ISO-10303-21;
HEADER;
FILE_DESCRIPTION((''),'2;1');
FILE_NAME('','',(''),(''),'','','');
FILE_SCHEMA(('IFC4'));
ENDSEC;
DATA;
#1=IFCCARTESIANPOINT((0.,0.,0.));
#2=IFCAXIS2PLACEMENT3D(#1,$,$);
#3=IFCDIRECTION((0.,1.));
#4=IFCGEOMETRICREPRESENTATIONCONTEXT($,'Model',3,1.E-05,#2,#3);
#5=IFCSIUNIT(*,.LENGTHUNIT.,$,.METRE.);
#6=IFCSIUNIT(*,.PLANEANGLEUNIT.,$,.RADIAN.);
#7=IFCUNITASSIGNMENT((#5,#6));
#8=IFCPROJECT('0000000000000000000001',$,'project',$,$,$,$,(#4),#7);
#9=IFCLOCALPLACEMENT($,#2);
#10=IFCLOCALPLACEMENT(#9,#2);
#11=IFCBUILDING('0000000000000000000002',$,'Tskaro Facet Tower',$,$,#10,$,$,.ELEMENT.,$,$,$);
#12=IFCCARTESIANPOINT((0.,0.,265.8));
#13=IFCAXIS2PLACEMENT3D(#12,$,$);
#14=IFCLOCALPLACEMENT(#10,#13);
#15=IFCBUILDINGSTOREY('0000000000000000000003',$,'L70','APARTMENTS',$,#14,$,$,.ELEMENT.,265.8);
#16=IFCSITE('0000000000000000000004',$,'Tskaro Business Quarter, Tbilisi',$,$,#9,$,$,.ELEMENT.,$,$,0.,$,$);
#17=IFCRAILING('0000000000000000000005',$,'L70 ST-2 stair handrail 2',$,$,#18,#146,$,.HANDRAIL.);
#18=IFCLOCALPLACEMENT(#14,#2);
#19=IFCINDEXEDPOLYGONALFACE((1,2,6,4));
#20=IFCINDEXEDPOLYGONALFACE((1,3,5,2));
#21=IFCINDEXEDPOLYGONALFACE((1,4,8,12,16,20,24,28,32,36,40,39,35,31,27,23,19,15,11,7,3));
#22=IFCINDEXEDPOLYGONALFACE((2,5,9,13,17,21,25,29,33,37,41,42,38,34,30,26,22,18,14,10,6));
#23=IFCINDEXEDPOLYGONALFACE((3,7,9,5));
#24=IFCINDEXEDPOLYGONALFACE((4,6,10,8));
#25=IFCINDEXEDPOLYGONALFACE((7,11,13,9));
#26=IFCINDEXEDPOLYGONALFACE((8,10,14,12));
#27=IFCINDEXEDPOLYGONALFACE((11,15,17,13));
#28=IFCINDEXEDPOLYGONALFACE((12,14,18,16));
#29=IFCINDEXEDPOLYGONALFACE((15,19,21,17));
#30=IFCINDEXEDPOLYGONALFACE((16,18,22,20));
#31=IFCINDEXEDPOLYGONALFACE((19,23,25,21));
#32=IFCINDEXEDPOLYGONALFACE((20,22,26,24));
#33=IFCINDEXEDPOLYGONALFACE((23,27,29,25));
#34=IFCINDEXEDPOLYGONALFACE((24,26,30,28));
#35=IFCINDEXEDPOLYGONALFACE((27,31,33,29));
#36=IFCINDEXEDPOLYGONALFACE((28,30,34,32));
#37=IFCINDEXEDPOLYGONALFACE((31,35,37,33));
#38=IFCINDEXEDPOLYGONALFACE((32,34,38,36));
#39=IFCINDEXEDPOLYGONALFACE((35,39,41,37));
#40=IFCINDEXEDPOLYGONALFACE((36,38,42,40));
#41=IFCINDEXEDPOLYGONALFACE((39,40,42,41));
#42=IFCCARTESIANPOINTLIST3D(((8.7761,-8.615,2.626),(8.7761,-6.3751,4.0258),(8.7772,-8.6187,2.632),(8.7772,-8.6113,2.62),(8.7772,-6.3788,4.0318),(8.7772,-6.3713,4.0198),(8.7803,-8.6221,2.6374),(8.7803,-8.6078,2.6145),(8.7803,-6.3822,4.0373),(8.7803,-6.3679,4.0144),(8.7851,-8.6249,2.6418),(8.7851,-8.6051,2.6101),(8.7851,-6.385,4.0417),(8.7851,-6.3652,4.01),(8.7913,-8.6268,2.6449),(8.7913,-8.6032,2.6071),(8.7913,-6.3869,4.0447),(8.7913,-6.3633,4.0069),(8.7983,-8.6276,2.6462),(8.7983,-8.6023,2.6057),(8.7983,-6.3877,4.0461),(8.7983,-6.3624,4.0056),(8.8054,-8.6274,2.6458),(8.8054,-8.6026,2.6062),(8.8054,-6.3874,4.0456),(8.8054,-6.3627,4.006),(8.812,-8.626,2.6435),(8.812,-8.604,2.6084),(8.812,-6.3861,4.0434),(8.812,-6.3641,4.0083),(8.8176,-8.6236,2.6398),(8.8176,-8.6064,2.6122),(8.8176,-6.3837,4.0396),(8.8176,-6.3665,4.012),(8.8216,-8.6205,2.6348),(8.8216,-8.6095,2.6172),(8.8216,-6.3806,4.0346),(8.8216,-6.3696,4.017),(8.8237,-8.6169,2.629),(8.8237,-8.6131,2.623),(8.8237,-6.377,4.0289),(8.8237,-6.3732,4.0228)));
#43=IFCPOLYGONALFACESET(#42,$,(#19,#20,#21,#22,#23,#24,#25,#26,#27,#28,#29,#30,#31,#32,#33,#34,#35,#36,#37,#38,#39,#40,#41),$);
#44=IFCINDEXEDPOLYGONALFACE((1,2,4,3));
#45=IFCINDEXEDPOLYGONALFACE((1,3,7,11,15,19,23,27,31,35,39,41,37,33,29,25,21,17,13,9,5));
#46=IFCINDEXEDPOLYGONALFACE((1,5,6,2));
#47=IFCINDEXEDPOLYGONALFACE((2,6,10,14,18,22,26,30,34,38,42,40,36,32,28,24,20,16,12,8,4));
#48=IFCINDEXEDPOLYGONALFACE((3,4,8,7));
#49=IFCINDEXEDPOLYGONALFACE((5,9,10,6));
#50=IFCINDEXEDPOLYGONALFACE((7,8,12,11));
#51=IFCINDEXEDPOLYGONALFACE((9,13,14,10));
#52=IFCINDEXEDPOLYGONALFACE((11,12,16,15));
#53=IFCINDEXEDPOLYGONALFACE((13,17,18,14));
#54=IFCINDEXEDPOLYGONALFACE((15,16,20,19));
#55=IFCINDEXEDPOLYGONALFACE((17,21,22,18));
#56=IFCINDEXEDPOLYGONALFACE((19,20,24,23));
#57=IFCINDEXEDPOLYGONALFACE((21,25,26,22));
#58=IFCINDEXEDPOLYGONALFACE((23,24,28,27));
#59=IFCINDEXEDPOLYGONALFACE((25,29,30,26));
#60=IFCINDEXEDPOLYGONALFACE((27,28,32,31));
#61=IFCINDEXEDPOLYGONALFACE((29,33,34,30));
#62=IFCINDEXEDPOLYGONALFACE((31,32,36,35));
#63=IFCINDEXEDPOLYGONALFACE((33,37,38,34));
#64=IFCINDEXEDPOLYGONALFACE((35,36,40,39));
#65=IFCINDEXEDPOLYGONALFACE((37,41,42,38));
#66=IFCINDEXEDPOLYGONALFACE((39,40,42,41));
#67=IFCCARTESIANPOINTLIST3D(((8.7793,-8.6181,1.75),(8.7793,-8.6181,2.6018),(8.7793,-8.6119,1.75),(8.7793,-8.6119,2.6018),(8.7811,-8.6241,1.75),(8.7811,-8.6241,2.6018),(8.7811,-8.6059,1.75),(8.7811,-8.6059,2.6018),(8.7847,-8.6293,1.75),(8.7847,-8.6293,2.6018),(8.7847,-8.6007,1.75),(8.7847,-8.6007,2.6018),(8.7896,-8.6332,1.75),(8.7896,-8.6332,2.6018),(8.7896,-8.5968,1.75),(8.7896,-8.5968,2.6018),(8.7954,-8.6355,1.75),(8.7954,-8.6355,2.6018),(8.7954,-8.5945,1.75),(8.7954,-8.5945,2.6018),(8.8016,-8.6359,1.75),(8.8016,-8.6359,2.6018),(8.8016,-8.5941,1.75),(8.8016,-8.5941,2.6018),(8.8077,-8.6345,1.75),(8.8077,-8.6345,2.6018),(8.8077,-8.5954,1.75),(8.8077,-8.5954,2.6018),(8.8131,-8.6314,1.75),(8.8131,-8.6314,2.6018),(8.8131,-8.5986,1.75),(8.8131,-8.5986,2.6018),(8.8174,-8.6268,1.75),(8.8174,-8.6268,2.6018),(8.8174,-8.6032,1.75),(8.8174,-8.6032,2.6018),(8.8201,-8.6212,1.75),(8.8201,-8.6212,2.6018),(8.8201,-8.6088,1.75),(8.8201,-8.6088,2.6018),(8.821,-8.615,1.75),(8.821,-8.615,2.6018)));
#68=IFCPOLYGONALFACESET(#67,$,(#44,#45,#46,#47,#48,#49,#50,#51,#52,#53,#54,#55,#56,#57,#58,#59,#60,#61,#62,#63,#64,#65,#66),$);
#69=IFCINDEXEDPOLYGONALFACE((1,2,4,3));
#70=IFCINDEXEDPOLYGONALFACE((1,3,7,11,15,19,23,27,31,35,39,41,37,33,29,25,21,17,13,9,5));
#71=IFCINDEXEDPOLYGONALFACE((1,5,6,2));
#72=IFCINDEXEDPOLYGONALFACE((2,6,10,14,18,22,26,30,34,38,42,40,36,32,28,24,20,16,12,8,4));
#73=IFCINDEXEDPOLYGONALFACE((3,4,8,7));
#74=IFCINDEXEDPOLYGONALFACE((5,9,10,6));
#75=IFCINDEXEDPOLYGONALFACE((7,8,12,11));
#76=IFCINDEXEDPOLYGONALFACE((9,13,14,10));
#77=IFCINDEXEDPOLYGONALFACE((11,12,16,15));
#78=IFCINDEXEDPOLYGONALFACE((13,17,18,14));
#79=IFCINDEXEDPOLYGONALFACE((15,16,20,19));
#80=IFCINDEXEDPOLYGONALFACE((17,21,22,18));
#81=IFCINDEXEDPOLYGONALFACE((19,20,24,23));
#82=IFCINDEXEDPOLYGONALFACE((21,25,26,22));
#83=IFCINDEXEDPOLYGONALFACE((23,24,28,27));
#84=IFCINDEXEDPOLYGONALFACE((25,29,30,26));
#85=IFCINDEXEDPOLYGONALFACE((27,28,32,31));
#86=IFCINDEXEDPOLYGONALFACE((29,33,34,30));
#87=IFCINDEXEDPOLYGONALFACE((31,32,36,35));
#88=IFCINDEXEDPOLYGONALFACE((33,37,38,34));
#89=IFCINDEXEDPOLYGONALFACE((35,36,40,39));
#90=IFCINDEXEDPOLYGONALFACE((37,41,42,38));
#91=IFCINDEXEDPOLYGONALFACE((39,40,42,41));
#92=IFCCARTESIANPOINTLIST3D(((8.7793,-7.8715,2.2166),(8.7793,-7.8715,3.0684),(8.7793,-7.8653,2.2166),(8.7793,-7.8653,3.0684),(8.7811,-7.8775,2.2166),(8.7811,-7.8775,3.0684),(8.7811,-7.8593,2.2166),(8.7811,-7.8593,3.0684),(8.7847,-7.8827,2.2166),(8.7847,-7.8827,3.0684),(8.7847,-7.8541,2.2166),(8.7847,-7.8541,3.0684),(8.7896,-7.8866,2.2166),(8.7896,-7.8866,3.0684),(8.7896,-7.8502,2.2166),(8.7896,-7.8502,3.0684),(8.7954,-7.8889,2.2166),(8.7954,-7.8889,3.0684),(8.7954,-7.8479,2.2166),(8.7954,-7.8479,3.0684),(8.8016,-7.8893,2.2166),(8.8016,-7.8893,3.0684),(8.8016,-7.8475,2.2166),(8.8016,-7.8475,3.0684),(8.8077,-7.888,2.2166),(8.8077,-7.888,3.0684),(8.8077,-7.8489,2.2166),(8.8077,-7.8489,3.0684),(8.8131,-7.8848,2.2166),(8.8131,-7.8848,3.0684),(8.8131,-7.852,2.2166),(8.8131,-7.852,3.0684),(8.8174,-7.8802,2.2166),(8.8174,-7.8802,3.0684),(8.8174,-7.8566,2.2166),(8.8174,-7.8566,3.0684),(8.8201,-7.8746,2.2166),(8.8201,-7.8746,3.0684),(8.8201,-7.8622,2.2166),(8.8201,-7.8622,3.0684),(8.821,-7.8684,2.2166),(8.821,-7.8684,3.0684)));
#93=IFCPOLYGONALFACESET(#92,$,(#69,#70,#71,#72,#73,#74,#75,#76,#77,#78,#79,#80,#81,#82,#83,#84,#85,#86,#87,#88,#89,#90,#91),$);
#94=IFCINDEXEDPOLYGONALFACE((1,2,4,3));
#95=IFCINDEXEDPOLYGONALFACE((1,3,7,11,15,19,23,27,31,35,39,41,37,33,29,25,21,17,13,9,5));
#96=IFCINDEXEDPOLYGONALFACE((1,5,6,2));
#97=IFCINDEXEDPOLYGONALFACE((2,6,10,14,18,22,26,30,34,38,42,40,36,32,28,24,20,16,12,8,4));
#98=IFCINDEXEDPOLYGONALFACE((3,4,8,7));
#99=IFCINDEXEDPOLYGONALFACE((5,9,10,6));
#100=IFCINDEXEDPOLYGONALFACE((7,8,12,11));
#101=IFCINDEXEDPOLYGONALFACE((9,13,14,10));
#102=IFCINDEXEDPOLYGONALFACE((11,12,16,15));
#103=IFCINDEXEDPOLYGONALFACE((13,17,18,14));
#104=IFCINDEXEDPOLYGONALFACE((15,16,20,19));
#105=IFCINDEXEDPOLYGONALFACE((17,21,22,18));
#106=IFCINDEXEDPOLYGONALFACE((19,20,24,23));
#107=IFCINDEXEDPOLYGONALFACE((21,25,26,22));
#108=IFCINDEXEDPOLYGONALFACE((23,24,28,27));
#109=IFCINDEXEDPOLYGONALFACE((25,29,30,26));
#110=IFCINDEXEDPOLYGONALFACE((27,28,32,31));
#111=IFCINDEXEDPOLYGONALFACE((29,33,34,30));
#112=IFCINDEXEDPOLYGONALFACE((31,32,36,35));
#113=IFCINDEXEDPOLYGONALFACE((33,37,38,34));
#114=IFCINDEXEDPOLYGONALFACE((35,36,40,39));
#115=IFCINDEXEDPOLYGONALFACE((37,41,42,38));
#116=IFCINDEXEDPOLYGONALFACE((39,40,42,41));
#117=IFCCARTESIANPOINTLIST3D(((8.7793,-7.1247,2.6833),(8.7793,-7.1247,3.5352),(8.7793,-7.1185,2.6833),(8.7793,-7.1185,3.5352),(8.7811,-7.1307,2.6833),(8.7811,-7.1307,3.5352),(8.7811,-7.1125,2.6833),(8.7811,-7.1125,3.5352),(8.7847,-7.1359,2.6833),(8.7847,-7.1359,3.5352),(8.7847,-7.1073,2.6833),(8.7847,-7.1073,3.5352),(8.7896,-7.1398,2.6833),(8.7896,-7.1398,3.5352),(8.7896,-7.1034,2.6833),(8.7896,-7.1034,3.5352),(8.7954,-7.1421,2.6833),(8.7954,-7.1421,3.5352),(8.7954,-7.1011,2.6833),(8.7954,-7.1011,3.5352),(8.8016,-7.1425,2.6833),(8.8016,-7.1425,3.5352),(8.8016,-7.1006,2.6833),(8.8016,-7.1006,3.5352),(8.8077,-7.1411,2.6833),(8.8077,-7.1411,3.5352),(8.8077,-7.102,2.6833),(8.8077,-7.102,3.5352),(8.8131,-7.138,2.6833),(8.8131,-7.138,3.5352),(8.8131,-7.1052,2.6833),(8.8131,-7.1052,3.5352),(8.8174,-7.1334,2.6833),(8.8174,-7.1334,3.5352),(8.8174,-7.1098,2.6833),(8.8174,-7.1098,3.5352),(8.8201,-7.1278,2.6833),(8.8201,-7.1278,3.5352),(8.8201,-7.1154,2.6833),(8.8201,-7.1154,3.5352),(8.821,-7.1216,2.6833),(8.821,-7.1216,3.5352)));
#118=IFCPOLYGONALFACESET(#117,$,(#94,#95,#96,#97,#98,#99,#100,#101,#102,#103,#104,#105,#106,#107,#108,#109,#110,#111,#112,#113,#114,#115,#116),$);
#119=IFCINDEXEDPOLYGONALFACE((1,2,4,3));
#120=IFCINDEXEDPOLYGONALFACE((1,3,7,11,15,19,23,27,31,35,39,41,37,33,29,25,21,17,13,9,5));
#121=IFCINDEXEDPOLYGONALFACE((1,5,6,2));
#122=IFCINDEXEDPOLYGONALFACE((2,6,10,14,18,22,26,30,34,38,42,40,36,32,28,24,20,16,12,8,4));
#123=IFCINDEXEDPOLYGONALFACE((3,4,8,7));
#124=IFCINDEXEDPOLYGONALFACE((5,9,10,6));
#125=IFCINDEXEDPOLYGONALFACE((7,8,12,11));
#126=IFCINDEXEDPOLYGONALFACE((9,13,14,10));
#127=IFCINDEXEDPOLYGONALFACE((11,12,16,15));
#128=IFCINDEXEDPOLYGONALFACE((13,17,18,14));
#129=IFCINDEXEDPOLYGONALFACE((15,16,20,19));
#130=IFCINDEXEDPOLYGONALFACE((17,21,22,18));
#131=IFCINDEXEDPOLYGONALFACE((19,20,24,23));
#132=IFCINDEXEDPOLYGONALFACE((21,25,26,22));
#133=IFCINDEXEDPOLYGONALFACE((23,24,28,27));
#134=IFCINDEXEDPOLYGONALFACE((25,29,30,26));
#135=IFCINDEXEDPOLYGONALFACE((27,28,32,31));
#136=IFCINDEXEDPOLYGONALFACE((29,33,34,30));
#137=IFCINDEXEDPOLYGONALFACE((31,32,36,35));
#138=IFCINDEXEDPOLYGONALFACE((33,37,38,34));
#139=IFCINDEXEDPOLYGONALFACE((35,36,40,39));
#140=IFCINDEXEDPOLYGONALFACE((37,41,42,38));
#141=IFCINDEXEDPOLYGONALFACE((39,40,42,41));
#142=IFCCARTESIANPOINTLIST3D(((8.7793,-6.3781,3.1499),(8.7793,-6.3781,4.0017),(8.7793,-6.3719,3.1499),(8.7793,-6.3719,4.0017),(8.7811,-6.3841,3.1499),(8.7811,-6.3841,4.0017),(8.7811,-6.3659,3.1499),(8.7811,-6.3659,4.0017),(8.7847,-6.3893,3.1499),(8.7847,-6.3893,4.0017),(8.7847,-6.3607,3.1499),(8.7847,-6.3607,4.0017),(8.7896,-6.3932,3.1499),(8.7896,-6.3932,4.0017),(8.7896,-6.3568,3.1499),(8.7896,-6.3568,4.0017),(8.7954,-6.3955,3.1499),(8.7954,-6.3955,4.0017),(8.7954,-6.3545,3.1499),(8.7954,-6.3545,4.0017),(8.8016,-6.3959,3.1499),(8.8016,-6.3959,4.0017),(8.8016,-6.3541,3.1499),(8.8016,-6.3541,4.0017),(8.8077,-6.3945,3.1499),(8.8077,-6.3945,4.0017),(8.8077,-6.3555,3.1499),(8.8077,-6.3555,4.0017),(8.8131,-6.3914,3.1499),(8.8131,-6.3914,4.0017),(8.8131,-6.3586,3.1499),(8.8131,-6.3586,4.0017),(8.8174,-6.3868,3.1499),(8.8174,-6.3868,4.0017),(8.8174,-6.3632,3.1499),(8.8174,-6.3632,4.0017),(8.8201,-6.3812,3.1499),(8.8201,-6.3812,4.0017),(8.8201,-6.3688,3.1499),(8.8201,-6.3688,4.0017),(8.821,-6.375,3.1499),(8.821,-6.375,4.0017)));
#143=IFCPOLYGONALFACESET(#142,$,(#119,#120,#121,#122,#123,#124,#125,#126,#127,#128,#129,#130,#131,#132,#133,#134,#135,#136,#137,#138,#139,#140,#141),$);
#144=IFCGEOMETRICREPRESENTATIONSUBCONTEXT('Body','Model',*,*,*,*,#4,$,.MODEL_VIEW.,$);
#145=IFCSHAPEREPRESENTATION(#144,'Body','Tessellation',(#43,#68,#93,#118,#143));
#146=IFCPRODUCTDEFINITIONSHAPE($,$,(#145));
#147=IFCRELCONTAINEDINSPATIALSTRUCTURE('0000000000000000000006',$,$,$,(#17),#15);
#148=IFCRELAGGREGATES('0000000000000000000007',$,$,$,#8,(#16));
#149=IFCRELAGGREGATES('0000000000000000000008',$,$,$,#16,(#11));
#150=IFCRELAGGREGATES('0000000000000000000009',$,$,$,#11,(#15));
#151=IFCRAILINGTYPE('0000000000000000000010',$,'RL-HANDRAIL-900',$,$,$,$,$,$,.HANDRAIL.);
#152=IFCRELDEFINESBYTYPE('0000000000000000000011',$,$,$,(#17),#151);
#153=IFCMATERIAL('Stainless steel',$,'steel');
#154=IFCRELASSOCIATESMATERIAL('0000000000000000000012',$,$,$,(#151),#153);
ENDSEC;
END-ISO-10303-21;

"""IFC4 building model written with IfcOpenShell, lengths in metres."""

from ifc_helpers import new_model, si_unit, direction, frame, origin, origin_2d, place, context, subcontext, project, spatial, circle, extrude, material, type_object, element, save


model = new_model("IFC4")

# Units and contexts
model_context = context("Model", 3, precision=1e-05, world=origin(), true_north=direction((0.0, 1.0)))
body_context = subcontext(model_context, "Body", "Model", "MODEL_VIEW")
ifc_project = project(units=[si_unit("LENGTHUNIT", "METRE"), si_unit("PLANEANGLEUNIT", "RADIAN")], contexts=[model_context])

# Site, building, storey
site_placement = place(None, origin())
site = spatial("IfcSite", under=ifc_project, at=site_placement, Name="Tskaro Business Quarter, Tbilisi", CompositionType="ELEMENT", RefElevation=0.0)
building_placement = place(site_placement, origin())
building = spatial("IfcBuilding", under=site, at=building_placement, Name="Tskaro Facet Tower", CompositionType="ELEMENT")
storey_placement = place(building_placement, frame((0.0, 0.0, 265.8)))
storey = spatial("IfcBuildingStorey", under=building, at=storey_placement, Name="L70", Description="APARTMENTS", CompositionType="ELEMENT", Elevation=265.8)

# Railing
ifc_material_1 = material(Name="Stainless steel", Category="steel")
railing_type_1 = type_object("IfcRailingType", Name="RL-HANDRAIL-900", PredefinedType="HANDRAIL", material=ifc_material_1)
railing_1_placement = place(storey_placement, frame((8.8, -8.615, 1.75)))
element("IfcRailing", 1, at=railing_1_placement, inside=storey, type_object=railing_type_1, Name="L70 ST-2 stair handrail 2", PredefinedType="HANDRAIL", context=body_context, shape_type="SweptSolid", body=[
    extrude(circle(Radius=0.0239, at=origin_2d()), frame((0.0, 0.0, 0.876), z_axis=(0.0, 0.848014, 0.529974), x_axis=(-1.0, 0.0, 0.0)), (0.0, 0.0, 1.0), 2.6414),
    extrude(circle(Radius=0.021, at=origin_2d()), origin(), (0.0, 0.0, 1.0), 0.8518),
    extrude(circle(Radius=0.021, at=origin_2d()), frame((0.0, 0.7466, 0.4666)), (0.0, 0.0, 1.0), 0.8518),
    extrude(circle(Radius=0.021, at=origin_2d()), frame((0.0, 1.4934, 0.9333)), (0.0, 0.0, 1.0), 0.8518),
    extrude(circle(Radius=0.021, at=origin_2d()), frame((0.0, 2.24, 1.3999)), (0.0, 0.0, 1.0), 0.8518),
])

save(model, "model.ifc")
